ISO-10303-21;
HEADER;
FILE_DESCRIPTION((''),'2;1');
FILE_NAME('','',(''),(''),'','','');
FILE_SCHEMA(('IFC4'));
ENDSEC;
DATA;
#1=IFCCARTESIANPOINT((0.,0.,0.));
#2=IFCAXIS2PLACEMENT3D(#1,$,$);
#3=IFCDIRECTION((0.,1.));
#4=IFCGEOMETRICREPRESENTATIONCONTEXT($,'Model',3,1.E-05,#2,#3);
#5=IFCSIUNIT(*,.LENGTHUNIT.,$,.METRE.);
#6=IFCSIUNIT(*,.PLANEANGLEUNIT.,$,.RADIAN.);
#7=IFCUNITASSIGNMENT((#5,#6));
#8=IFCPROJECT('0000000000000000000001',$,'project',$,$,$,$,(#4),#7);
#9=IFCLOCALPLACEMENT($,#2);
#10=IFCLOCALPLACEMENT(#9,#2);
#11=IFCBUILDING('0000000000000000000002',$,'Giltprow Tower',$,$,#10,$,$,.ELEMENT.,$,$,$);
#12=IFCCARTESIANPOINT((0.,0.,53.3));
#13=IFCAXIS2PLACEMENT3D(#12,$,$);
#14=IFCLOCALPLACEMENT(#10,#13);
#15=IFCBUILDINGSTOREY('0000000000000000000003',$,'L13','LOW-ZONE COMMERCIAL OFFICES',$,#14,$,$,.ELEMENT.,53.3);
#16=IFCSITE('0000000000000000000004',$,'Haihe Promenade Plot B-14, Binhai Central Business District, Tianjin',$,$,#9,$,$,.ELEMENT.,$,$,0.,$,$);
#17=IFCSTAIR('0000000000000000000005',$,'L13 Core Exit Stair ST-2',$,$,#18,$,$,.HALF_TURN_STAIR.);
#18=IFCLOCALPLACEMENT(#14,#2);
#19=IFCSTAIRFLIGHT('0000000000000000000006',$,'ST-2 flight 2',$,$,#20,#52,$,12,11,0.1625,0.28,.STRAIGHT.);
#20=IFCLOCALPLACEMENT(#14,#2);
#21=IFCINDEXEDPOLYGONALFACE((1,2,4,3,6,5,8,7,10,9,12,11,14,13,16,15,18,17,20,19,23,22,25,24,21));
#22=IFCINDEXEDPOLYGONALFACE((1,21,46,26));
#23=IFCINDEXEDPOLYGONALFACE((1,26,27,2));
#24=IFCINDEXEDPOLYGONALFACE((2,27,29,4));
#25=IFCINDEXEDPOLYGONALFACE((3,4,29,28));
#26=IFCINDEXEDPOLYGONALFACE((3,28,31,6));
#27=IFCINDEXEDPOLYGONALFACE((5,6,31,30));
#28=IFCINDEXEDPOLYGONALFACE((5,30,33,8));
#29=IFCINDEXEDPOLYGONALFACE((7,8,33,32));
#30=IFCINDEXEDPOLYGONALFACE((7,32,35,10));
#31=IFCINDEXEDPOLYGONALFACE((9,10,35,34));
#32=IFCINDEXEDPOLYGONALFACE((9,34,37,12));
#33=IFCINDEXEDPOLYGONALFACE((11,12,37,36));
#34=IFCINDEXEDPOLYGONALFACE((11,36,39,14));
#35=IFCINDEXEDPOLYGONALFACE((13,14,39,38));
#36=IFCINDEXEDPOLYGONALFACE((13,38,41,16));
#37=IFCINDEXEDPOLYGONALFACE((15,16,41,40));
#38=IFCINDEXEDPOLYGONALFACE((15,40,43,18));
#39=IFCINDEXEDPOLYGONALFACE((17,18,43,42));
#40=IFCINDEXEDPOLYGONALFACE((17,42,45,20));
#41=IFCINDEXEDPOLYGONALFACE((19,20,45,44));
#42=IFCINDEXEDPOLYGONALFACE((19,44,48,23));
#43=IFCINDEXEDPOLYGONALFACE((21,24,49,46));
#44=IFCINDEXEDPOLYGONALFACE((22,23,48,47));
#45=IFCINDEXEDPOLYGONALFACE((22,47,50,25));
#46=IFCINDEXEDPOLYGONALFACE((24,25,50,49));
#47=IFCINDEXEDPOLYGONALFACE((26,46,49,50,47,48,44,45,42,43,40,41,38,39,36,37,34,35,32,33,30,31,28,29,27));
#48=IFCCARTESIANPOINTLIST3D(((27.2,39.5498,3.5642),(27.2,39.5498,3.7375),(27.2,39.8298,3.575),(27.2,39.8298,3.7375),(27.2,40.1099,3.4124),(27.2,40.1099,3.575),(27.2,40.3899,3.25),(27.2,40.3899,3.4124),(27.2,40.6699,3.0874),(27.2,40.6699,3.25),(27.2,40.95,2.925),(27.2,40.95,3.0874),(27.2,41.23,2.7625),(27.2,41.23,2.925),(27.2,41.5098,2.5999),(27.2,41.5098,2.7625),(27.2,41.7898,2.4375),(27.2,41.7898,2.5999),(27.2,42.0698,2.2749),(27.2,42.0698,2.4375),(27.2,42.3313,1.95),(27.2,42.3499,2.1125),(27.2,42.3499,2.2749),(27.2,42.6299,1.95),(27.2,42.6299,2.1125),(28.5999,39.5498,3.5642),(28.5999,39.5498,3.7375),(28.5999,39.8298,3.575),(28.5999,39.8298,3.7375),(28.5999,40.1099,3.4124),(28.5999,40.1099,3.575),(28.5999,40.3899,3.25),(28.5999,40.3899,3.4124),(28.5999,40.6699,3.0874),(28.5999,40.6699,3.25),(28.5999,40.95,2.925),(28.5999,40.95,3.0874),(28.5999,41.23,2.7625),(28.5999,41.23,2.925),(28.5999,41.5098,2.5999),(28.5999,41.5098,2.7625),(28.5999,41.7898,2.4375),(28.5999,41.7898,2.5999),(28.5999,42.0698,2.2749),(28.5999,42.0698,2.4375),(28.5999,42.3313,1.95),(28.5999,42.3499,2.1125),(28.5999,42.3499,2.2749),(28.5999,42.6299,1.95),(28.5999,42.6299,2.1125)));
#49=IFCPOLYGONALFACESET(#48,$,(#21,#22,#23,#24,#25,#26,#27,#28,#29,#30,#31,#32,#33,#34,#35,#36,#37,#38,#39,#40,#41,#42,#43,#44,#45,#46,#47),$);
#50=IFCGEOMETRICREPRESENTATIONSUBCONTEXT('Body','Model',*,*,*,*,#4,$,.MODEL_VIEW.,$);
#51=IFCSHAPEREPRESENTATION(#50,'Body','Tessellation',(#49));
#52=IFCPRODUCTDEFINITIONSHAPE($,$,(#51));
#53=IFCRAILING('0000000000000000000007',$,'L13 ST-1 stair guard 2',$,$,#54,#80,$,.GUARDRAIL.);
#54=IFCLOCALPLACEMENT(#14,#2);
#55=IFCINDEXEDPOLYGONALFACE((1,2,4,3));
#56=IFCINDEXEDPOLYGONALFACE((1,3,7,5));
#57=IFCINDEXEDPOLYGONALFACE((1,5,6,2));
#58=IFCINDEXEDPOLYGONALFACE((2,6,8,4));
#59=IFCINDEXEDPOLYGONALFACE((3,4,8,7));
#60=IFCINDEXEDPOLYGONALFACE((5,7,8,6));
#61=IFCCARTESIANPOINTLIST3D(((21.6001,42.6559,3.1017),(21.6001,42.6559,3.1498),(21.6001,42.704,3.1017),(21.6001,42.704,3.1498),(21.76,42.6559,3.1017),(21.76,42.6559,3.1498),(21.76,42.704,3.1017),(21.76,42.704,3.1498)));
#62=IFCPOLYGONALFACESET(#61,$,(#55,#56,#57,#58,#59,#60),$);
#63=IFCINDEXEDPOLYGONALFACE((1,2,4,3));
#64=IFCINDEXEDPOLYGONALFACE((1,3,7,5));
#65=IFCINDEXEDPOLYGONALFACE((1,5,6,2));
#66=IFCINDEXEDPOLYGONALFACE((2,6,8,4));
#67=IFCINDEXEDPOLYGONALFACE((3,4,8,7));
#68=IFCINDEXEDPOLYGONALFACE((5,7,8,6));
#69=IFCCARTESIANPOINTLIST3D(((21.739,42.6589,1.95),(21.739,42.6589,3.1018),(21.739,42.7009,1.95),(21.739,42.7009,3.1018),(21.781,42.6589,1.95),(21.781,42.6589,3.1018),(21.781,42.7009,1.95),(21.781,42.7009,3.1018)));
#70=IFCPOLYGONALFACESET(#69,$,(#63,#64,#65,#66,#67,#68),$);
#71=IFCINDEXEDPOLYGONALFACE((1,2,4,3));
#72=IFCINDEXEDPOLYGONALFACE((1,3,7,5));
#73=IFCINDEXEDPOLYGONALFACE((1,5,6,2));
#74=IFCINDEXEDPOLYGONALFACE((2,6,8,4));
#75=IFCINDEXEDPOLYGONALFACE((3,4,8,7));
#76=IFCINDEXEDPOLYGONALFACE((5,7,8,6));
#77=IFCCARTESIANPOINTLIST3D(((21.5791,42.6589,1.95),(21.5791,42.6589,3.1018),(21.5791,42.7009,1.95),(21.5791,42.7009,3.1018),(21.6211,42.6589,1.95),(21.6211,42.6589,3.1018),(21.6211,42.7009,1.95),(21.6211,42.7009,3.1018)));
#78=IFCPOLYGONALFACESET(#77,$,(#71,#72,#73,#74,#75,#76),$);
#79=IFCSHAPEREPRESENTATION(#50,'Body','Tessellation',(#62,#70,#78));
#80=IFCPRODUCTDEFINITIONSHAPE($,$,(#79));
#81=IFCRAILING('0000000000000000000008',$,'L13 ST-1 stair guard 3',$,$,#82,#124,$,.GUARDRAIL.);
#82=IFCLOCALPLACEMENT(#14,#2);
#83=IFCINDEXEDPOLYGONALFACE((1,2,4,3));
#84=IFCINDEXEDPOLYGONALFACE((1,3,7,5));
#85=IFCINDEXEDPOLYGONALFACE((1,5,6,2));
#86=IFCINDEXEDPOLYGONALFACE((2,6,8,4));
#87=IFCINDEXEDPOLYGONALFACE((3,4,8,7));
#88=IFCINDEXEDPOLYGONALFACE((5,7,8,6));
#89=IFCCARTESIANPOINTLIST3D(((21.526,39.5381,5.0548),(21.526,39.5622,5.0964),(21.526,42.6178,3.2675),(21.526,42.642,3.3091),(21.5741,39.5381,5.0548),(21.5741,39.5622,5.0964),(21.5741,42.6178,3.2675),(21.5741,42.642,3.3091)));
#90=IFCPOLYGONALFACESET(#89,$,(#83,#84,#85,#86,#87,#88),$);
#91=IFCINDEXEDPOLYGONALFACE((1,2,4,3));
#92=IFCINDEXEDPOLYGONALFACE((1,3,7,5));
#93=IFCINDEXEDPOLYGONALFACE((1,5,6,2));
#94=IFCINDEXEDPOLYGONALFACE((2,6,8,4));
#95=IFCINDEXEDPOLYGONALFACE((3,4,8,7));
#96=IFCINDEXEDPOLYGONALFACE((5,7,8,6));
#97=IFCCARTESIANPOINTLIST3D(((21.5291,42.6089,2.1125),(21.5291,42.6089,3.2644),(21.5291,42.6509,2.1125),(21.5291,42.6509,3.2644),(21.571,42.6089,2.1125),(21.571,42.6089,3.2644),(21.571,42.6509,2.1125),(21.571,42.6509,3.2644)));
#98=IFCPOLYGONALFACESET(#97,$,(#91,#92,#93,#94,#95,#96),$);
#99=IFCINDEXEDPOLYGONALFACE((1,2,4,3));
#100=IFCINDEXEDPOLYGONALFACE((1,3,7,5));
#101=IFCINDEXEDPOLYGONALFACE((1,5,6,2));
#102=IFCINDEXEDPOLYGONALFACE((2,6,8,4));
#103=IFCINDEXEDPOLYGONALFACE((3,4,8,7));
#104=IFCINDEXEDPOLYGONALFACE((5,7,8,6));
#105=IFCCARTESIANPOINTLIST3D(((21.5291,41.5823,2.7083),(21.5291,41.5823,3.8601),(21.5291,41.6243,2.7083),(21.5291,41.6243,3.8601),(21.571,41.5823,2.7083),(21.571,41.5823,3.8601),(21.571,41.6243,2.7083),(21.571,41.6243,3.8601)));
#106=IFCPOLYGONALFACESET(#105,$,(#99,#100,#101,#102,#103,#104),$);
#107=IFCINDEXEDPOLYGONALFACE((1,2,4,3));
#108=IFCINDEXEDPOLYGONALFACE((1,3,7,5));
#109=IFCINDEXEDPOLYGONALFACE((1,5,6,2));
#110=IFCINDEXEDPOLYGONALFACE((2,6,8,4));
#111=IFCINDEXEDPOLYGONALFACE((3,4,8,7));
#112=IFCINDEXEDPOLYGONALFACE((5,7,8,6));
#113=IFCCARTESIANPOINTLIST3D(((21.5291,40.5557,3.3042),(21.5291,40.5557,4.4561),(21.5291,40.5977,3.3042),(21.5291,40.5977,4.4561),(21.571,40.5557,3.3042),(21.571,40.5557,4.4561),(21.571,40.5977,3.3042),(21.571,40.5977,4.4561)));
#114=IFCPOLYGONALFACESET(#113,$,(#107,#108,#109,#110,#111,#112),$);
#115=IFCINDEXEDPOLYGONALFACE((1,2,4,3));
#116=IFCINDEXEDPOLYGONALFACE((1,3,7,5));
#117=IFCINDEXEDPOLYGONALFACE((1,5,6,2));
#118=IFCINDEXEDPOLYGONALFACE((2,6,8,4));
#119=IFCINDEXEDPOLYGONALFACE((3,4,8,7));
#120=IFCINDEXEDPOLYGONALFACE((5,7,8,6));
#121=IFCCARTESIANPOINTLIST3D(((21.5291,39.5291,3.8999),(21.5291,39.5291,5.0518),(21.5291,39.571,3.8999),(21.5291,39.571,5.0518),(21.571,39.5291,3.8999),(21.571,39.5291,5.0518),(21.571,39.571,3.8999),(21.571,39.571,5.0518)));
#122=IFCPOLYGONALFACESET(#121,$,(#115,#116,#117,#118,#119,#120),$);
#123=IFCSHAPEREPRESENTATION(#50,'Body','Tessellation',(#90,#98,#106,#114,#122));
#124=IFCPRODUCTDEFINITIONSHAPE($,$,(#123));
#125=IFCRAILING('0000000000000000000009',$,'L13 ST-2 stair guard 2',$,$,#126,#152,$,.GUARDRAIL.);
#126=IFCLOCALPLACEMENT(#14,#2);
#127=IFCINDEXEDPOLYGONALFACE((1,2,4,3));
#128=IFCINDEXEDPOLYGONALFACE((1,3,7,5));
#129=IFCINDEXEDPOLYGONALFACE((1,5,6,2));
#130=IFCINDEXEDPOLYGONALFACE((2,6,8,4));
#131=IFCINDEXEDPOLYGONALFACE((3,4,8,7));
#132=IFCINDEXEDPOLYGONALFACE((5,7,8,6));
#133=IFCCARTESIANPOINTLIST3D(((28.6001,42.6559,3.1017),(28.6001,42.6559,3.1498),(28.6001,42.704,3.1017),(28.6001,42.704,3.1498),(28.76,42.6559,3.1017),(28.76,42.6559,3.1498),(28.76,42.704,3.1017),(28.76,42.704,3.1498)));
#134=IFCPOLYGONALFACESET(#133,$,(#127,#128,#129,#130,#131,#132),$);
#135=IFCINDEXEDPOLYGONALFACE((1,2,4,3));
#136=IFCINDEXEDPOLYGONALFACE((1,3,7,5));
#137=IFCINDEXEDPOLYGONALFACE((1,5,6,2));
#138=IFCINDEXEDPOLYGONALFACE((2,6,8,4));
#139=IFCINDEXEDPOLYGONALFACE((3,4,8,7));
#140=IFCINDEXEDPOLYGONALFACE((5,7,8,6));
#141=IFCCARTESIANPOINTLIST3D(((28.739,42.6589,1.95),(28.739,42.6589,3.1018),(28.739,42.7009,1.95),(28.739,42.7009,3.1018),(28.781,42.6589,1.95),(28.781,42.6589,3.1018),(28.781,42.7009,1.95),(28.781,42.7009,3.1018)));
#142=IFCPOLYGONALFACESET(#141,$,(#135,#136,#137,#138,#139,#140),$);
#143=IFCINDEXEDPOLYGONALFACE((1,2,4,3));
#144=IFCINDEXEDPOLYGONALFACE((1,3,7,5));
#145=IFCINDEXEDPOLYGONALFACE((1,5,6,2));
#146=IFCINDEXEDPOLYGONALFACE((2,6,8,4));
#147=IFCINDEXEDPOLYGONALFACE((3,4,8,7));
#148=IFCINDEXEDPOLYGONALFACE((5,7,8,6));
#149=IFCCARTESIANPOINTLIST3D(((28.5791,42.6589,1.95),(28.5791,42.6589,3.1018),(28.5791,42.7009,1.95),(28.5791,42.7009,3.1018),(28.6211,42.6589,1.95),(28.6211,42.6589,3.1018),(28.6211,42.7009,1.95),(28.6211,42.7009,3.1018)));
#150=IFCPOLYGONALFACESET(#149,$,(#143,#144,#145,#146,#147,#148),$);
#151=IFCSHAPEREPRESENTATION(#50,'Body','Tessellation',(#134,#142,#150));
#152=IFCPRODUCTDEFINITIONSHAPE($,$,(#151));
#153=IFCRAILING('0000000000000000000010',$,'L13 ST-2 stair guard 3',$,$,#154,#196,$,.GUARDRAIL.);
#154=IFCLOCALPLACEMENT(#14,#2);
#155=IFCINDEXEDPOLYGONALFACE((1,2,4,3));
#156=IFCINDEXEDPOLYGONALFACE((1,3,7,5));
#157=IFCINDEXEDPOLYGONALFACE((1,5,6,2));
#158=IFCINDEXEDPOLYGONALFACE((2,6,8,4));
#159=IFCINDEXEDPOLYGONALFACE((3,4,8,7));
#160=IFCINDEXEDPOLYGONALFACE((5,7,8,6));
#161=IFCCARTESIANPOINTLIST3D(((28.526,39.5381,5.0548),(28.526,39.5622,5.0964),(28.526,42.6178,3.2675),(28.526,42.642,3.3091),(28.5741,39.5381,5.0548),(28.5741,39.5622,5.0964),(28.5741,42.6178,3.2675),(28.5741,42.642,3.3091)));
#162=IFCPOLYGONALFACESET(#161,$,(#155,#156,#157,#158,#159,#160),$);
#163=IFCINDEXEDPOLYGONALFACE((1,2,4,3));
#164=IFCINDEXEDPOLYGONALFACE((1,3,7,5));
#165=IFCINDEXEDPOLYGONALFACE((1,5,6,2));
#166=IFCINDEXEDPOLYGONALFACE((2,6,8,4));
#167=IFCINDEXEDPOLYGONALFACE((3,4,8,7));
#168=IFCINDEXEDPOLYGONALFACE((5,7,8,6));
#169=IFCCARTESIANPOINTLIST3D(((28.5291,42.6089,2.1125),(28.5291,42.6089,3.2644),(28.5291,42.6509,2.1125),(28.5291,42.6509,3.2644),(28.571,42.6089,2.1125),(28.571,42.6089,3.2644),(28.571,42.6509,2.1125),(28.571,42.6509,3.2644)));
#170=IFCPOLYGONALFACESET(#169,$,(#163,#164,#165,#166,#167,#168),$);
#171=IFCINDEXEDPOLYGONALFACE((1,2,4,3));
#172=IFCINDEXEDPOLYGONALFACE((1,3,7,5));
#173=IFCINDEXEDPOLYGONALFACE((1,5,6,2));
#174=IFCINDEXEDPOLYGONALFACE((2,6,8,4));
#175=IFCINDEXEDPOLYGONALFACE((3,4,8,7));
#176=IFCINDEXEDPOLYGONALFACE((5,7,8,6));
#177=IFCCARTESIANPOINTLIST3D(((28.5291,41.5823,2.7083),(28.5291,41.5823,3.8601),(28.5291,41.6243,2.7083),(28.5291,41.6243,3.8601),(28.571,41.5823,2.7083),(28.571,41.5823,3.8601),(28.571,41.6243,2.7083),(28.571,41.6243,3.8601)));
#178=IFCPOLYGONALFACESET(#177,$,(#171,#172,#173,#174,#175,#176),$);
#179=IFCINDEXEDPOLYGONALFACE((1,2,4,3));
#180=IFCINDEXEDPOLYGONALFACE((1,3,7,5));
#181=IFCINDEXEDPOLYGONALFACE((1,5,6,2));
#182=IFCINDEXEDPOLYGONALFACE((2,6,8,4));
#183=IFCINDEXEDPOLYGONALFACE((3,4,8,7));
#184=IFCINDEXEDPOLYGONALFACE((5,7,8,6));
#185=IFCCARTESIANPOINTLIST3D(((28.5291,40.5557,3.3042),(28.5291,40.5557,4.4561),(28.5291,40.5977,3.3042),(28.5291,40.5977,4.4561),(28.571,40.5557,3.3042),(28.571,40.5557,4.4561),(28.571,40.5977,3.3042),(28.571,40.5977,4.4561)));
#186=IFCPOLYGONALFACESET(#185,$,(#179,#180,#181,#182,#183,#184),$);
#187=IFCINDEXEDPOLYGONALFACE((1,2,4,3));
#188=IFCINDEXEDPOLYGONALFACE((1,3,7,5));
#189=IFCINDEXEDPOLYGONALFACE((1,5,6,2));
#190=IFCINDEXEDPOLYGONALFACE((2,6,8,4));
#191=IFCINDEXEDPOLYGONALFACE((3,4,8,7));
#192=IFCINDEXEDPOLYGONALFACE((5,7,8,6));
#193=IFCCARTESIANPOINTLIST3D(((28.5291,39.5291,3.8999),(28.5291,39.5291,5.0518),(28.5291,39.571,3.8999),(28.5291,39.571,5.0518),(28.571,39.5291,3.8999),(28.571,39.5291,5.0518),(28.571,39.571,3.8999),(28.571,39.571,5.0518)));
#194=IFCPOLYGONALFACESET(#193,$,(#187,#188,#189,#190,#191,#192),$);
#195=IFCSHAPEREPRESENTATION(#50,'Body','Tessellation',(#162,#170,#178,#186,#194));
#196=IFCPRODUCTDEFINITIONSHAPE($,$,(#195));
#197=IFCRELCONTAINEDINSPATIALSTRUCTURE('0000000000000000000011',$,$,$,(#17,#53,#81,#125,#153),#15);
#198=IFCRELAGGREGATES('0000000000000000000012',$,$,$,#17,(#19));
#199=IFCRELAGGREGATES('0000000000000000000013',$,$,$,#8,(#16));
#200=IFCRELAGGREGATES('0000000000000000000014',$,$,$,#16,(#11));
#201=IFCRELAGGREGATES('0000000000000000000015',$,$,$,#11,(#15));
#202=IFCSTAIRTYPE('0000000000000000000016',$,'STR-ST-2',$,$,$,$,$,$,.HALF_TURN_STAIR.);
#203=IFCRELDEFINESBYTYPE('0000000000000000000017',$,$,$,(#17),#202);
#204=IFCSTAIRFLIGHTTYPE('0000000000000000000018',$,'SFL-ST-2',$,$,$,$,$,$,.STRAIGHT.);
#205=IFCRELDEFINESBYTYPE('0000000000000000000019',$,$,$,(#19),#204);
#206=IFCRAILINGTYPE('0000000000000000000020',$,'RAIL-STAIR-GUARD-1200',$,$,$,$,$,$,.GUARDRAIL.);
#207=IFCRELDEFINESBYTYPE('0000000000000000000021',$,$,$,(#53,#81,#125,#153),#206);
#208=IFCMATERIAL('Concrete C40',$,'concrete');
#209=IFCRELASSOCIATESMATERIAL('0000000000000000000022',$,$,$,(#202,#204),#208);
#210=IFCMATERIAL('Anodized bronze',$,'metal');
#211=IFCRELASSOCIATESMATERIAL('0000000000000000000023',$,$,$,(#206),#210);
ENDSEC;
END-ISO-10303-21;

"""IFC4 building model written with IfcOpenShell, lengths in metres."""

from ifc_helpers import new_model, si_unit, direction, frame, origin, origin_2d, place, context, subcontext, project, spatial, polyline, rectangle, outline, extrude, material, type_object, element, aggregate, save


model = new_model("IFC4")

# Units and contexts
model_context = context("Model", 3, precision=1e-05, world=origin(), true_north=direction((0.0, 1.0)))
body_context = subcontext(model_context, "Body", "Model", "MODEL_VIEW")
ifc_project = project(units=[si_unit("LENGTHUNIT", "METRE"), si_unit("PLANEANGLEUNIT", "RADIAN")], contexts=[model_context])

# Site, building, storey
site_placement = place(None, origin())
site = spatial("IfcSite", under=ifc_project, at=site_placement, Name="Haihe Promenade Plot B-14, Binhai Central Business District, Tianjin", CompositionType="ELEMENT", RefElevation=0.0)
building_placement = place(site_placement, origin())
building = spatial("IfcBuilding", under=site, at=building_placement, Name="Giltprow Tower", CompositionType="ELEMENT")
storey_placement = place(building_placement, frame((0.0, 0.0, 53.3)))
storey = spatial("IfcBuildingStorey", under=building, at=storey_placement, Name="L13", Description="LOW-ZONE COMMERCIAL OFFICES", CompositionType="ELEMENT", Elevation=53.3)

# Shared definitions
ifc_material_1 = material(Name="Concrete C40", Category="concrete")

# Stair, stair flight
stair_type_1 = type_object("IfcStairType", Name="STR-ST-2", PredefinedType="HALF_TURN_STAIR", material=ifc_material_1)
stair_1_placement = place(storey_placement, origin())
stair_1 = element("IfcStair", 1, at=stair_1_placement, inside=storey, type_object=stair_type_1, Name="L13 Core Exit Stair ST-2", PredefinedType="HALF_TURN_STAIR")
stair_flight_type_1 = type_object("IfcStairFlightType", Name="SFL-ST-2", PredefinedType="STRAIGHT", material=ifc_material_1)
stair_flight_1_placement = place(storey_placement, frame((27.8999, 42.6299, 1.95), z_axis=(0.0, 0.0, 1.0), x_axis=(0.0, -1.0, 0.0)))
stair_flight_1 = element("IfcStairFlight", 2, at=stair_flight_1_placement, type_object=stair_flight_type_1, Name="ST-2 flight 2", NumberOfRisers=12, NumberOfTreads=11, PredefinedType="STRAIGHT", RiserHeight=0.1625, TreadLength=0.28, context=body_context, shape_type="SweptSolid", body=[
    extrude(outline(polyline([(0.0, 0.0), (0.0, 0.1626), (0.28, 0.1626), (0.28, 0.325), (0.5601, 0.325), (0.5601, 0.4875), (0.8401, 0.4875), (0.8401, 0.6499), (1.1201, 0.6499), (1.1201, 0.8125), (1.3999, 0.8125), (1.3999, 0.9751), (1.6799, 0.9751), (1.6799, 1.1375), (1.96, 1.1375), (1.96, 1.3), (2.24, 1.3), (2.24, 1.4624), (2.52, 1.4624), (2.52, 1.625), (2.8, 1.625), (2.8, 1.7876), (3.0801, 1.7876), (3.0801, 1.95), (3.0801, 1.6143), (0.2986, 0.0), (0.0, 0.0)])), frame((0.0, 0.7, 0.0), z_axis=(0.0, -1.0, 0.0), x_axis=(1.0, 0.0, 0.0)), (0.0, 0.0, 1.0), 1.3999),
])
aggregate(stair_1, [stair_flight_1])

# Railings
ifc_material_2 = material(Name="Anodized bronze", Category="metal")
railing_type_1 = type_object("IfcRailingType", Name="RAIL-STAIR-GUARD-1200", PredefinedType="GUARDRAIL", material=ifc_material_2)
railing_1_placement = place(storey_placement, frame((21.76, 42.6799, 1.95)))
element("IfcRailing", 3, at=railing_1_placement, inside=storey, type_object=railing_type_1, Name="L13 ST-1 stair guard 2", PredefinedType="GUARDRAIL", context=body_context, shape_type="SweptSolid", body=[
    extrude(rectangle(XDim=0.0481, YDim=0.0481, at=origin_2d()), frame((0.0, 0.0, 1.1758), z_axis=(-1.0, 0.0, 0.0), x_axis=(0.0, -1.0, 0.0)), (0.0, 0.0, 1.0), 0.1599),
    extrude(rectangle(XDim=0.042, YDim=0.042, at=origin_2d()), origin(), (0.0, 0.0, 1.0), 1.1519),
    extrude(rectangle(XDim=0.042, YDim=0.042, at=origin_2d()), frame((-0.1599, 0.0, 0.0)), (0.0, 0.0, 1.0), 1.1519),
])
railing_2_placement = place(storey_placement, frame((21.55, 42.6299, 2.1125)))
element("IfcRailing", 4, at=railing_2_placement, inside=storey, type_object=railing_type_1, Name="L13 ST-1 stair guard 3", PredefinedType="GUARDRAIL", context=body_context, shape_type="SweptSolid", body=[
    extrude(rectangle(XDim=0.0481, YDim=0.0481, at=origin_2d()), frame((0.0, 0.0, 1.1758), z_axis=(0.0, -0.864903, 0.501939), x_axis=(1.0, 0.0, 0.0)), (0.0, 0.0, 1.0), 3.5608),
    extrude(rectangle(XDim=0.042, YDim=0.042, at=origin_2d()), origin(), (0.0, 0.0, 1.0), 1.1519),
    extrude(rectangle(XDim=0.042, YDim=0.042, at=origin_2d()), frame((0.0, -1.0266, 0.5957)), (0.0, 0.0, 1.0), 1.1519),
    extrude(rectangle(XDim=0.042, YDim=0.042, at=origin_2d()), frame((0.0, -2.0532, 1.1917)), (0.0, 0.0, 1.0), 1.1519),
    extrude(rectangle(XDim=0.042, YDim=0.042, at=origin_2d()), frame((0.0, -3.0798, 1.7874)), (0.0, 0.0, 1.0), 1.1519),
])
railing_3_placement = place(storey_placement, frame((28.76, 42.6799, 1.95)))
element("IfcRailing", 5, at=railing_3_placement, inside=storey, type_object=railing_type_1, Name="L13 ST-2 stair guard 2", PredefinedType="GUARDRAIL", context=body_context, shape_type="SweptSolid", body=[
    extrude(rectangle(XDim=0.0481, YDim=0.0481, at=origin_2d()), frame((0.0, 0.0, 1.1758), z_axis=(-1.0, 0.0, 0.0), x_axis=(0.0, -1.0, 0.0)), (0.0, 0.0, 1.0), 0.1599),
    extrude(rectangle(XDim=0.042, YDim=0.042, at=origin_2d()), origin(), (0.0, 0.0, 1.0), 1.1519),
    extrude(rectangle(XDim=0.042, YDim=0.042, at=origin_2d()), frame((-0.1599, 0.0, 0.0)), (0.0, 0.0, 1.0), 1.1519),
])
railing_4_placement = place(storey_placement, frame((28.55, 42.6299, 2.1125)))
element("IfcRailing", 6, at=railing_4_placement, inside=storey, type_object=railing_type_1, Name="L13 ST-2 stair guard 3", PredefinedType="GUARDRAIL", context=body_context, shape_type="SweptSolid", body=[
    extrude(rectangle(XDim=0.0481, YDim=0.0481, at=origin_2d()), frame((0.0, 0.0, 1.1758), z_axis=(0.0, -0.864903, 0.501939), x_axis=(1.0, 0.0, 0.0)), (0.0, 0.0, 1.0), 3.5608),
    extrude(rectangle(XDim=0.042, YDim=0.042, at=origin_2d()), origin(), (0.0, 0.0, 1.0), 1.1519),
    extrude(rectangle(XDim=0.042, YDim=0.042, at=origin_2d()), frame((0.0, -1.0266, 0.5957)), (0.0, 0.0, 1.0), 1.1519),
    extrude(rectangle(XDim=0.042, YDim=0.042, at=origin_2d()), frame((0.0, -2.0532, 1.1917)), (0.0, 0.0, 1.0), 1.1519),
    extrude(rectangle(XDim=0.042, YDim=0.042, at=origin_2d()), frame((0.0, -3.0798, 1.7874)), (0.0, 0.0, 1.0), 1.1519),
])

save(model, "model.ifc")
